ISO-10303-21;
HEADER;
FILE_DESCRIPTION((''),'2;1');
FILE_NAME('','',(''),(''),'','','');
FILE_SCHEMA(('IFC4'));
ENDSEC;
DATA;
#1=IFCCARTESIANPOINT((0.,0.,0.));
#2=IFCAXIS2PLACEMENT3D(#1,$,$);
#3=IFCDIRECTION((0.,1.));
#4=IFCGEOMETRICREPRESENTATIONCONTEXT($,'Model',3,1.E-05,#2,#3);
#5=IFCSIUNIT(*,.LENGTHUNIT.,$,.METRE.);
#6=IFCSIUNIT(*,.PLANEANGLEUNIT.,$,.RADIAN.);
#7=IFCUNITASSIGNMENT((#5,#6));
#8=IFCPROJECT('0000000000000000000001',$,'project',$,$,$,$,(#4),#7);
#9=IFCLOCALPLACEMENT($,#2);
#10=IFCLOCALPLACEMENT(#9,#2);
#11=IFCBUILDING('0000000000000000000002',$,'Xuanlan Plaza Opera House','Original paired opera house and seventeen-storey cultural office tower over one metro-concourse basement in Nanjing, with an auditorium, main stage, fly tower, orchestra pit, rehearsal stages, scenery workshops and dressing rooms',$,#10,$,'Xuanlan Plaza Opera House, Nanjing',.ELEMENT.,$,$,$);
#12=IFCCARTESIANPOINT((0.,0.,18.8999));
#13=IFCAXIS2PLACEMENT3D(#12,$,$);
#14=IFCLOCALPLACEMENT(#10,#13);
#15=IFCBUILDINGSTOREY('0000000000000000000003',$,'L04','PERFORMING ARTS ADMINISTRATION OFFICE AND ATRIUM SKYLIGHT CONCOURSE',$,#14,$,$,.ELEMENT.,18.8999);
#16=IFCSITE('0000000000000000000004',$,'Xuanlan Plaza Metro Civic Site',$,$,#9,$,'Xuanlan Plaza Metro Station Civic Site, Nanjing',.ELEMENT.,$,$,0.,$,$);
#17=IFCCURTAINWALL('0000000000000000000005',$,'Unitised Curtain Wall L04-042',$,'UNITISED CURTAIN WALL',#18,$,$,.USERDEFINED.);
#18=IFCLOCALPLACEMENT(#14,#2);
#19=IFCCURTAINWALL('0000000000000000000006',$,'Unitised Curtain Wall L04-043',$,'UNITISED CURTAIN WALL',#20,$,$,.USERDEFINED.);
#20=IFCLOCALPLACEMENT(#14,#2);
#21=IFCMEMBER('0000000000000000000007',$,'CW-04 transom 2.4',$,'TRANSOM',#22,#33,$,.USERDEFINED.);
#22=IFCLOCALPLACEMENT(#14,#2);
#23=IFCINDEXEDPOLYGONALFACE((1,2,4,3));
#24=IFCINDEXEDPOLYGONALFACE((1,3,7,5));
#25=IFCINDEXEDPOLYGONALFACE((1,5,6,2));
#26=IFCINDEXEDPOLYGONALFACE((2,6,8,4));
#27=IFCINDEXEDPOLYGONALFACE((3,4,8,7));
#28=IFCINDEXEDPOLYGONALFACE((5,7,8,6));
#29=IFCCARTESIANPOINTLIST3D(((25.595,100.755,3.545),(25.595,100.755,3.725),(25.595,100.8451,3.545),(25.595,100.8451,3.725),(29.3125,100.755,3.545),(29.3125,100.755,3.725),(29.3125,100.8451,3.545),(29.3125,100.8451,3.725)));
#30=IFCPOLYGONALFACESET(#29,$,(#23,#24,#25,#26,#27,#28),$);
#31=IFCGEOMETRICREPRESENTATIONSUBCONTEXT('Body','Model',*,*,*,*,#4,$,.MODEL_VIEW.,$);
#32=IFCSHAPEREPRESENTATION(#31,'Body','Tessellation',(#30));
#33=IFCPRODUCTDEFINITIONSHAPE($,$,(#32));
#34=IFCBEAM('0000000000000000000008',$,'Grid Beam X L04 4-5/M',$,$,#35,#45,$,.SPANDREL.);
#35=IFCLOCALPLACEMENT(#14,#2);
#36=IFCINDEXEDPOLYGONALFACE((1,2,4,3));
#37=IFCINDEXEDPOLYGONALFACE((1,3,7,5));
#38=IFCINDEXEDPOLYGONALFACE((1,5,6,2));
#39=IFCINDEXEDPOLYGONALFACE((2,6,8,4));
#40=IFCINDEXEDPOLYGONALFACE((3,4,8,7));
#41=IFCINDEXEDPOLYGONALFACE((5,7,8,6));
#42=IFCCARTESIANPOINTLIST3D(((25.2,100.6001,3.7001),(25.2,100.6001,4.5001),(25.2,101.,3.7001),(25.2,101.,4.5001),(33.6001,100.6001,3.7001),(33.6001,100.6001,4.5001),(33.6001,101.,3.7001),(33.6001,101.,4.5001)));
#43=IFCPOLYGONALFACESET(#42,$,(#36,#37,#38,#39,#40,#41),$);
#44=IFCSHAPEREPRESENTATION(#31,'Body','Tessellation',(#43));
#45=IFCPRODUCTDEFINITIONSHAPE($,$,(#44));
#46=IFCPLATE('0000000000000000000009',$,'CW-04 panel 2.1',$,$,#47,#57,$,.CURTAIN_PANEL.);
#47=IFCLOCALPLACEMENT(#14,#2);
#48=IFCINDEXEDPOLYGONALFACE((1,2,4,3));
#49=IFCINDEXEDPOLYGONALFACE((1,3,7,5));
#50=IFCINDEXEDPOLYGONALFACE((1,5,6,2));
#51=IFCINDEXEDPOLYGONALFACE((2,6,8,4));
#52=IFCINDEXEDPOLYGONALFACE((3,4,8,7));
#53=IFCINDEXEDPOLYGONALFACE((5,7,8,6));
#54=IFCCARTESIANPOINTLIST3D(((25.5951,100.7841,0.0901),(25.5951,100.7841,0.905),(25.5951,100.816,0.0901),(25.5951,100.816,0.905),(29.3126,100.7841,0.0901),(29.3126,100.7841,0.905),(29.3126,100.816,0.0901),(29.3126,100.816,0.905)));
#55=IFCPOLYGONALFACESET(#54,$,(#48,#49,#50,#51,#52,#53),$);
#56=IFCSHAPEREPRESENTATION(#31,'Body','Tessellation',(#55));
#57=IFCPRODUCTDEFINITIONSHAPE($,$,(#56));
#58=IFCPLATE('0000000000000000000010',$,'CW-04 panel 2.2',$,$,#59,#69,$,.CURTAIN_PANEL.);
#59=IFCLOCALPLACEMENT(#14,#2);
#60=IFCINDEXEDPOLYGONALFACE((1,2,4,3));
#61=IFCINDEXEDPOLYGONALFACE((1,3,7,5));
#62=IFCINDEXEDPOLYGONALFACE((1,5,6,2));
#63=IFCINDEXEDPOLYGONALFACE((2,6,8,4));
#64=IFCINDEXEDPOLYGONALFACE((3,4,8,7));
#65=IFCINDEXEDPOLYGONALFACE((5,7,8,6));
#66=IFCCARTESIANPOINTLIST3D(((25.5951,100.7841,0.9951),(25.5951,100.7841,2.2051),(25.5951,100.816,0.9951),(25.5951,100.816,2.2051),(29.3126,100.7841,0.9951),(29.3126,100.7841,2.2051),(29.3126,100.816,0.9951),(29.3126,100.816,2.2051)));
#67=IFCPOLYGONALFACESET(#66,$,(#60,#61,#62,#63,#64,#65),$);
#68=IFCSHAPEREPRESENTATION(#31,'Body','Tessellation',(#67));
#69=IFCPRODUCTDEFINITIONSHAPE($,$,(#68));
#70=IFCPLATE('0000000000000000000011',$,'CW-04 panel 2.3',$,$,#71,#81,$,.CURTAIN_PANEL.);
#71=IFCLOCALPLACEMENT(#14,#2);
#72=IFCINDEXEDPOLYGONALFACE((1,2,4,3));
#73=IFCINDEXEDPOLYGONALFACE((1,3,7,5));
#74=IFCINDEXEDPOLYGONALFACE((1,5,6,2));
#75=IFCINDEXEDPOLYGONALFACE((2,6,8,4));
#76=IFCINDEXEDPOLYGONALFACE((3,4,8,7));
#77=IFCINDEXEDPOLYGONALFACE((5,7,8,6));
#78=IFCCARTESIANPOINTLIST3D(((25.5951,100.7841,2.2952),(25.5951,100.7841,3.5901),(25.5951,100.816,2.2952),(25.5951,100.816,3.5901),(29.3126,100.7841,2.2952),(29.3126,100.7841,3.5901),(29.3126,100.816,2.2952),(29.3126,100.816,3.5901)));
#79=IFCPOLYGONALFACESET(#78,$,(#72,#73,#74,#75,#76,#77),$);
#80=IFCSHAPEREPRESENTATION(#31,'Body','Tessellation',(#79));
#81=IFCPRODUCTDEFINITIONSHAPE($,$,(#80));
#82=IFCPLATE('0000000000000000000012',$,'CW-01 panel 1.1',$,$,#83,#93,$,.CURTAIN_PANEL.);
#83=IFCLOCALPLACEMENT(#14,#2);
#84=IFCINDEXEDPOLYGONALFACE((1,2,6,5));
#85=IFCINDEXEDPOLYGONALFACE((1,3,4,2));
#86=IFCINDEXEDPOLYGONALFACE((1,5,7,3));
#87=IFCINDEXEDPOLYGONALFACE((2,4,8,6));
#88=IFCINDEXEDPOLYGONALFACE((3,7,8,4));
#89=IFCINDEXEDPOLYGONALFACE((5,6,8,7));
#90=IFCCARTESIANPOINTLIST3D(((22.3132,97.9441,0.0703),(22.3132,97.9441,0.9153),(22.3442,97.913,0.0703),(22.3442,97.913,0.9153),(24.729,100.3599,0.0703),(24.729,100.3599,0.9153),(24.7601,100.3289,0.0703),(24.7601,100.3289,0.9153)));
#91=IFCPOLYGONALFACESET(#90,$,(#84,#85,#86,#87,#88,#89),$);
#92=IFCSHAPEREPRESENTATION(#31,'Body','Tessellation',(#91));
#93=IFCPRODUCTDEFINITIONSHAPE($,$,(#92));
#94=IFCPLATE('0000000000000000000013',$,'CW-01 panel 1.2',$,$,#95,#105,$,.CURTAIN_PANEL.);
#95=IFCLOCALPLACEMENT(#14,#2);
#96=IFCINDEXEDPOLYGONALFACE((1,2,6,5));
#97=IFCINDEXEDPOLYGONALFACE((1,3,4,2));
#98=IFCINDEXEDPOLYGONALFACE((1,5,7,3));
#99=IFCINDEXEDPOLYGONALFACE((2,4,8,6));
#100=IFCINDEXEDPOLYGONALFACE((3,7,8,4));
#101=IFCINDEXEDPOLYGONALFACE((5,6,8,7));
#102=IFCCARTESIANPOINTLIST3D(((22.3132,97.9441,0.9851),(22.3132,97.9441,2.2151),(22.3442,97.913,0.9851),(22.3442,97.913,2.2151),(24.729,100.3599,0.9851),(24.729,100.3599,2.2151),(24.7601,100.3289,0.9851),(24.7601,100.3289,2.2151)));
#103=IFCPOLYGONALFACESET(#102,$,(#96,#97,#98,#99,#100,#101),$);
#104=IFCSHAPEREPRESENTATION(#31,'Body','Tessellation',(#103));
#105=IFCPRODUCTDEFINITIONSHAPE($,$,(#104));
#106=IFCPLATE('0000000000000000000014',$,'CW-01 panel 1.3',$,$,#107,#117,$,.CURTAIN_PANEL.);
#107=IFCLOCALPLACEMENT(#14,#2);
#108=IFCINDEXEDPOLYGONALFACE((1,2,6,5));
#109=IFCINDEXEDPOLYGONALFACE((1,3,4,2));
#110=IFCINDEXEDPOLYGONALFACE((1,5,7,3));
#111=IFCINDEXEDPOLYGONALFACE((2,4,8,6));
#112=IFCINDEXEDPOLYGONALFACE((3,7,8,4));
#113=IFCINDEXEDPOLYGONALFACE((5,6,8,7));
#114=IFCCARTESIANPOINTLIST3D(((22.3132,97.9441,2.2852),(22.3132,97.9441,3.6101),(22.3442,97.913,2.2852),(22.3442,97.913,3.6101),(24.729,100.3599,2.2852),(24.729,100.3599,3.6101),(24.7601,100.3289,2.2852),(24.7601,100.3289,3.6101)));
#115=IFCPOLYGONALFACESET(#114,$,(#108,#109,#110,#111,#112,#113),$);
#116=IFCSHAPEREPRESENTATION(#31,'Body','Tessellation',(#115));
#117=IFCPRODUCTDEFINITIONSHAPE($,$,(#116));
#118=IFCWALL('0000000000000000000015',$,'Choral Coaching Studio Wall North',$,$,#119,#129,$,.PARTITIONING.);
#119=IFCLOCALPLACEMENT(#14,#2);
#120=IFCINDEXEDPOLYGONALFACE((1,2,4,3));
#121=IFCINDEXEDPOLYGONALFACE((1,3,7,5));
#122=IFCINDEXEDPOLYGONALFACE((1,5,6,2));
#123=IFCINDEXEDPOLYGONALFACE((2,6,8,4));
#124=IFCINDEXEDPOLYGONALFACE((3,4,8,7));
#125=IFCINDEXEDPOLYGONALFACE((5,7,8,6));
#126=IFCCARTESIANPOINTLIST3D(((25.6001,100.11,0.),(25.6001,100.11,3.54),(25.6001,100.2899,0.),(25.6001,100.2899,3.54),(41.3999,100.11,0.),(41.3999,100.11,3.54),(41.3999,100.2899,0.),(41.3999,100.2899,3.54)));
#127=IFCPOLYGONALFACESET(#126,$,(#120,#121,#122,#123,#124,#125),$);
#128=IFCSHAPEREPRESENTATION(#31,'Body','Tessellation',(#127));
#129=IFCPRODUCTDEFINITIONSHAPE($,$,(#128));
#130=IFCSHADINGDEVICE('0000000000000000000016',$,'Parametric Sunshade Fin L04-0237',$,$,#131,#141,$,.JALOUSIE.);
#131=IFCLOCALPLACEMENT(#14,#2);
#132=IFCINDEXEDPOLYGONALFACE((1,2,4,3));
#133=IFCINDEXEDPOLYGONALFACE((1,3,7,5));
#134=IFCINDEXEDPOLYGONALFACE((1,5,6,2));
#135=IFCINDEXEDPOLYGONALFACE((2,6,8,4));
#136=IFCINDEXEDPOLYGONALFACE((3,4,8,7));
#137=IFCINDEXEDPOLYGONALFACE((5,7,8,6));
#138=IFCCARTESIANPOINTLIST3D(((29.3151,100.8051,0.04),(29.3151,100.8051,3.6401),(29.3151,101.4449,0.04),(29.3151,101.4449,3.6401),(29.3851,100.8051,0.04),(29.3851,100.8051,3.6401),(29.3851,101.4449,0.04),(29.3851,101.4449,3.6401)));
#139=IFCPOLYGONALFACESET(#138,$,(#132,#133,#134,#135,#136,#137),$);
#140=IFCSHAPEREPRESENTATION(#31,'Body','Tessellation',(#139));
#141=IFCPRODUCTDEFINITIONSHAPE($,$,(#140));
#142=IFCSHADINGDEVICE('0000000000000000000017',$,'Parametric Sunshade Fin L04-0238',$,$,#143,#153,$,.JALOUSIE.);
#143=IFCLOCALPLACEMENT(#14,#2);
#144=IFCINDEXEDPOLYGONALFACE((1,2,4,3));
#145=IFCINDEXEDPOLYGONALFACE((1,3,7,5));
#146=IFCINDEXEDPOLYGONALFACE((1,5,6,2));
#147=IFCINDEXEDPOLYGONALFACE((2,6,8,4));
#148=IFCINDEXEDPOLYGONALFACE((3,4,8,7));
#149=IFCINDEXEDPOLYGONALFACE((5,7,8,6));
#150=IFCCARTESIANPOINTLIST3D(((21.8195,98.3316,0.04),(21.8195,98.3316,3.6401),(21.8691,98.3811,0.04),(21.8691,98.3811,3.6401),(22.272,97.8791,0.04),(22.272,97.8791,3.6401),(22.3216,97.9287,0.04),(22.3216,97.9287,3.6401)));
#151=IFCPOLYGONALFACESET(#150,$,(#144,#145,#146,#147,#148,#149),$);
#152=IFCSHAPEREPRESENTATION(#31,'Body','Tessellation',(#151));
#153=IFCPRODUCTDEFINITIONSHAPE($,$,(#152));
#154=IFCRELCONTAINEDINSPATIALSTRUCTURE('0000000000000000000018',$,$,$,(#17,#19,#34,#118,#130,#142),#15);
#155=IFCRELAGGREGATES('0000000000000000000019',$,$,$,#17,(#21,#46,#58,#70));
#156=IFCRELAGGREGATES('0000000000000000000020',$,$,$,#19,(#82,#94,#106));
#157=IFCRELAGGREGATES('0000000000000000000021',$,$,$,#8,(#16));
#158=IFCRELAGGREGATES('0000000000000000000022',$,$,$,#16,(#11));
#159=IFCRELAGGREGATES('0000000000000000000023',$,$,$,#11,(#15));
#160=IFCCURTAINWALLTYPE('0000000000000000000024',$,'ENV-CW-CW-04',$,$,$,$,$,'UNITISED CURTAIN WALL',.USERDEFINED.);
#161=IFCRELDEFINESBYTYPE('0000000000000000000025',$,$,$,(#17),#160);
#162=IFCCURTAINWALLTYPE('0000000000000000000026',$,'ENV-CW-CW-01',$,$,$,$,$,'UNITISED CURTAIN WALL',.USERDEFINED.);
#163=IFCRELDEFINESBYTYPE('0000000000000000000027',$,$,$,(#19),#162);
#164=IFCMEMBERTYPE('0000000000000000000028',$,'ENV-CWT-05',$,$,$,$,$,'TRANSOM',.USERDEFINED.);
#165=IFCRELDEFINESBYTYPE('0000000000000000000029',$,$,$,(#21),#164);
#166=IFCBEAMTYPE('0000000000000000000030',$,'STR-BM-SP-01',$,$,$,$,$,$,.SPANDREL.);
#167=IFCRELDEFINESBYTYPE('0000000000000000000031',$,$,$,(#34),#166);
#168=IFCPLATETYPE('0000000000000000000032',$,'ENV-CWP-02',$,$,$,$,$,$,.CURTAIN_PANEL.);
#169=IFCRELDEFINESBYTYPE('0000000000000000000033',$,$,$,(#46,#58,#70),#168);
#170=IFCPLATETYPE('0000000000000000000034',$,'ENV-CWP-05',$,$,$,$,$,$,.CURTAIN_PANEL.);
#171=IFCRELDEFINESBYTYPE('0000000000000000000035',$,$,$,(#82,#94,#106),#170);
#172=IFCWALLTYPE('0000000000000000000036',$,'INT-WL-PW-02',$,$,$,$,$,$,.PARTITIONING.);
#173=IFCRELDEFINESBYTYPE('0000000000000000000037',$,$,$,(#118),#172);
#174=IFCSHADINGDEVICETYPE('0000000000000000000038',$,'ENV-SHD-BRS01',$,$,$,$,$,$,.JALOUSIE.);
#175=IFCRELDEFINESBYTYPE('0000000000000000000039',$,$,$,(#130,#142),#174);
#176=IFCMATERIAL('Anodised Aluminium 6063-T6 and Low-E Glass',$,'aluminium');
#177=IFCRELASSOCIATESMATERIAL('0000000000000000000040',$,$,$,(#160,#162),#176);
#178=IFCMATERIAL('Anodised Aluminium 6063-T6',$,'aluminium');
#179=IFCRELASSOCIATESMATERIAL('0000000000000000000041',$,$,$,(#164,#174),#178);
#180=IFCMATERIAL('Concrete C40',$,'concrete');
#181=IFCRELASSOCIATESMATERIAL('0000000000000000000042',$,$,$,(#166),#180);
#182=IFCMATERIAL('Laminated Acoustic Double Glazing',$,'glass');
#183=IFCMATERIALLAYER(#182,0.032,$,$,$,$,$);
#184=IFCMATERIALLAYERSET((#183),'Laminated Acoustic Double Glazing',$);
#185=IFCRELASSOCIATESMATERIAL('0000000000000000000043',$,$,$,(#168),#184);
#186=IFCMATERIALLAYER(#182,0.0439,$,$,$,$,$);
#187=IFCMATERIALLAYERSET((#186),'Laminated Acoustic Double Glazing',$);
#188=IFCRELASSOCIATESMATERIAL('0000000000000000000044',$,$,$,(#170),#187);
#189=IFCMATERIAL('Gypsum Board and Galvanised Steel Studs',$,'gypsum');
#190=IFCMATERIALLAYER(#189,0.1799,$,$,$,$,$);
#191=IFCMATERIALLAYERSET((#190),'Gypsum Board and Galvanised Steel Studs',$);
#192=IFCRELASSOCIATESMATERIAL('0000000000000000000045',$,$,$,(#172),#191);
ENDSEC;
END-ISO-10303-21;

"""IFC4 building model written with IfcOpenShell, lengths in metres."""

from ifc_helpers import new_model, si_unit, direction, frame, frame_2d, origin, origin_2d, place, context, subcontext, project, spatial, rectangle, extrude, material, layer, layer_set, material_profile, profile_set, type_object, element, aggregate, save


model = new_model("IFC4")

# Units and contexts
model_context = context("Model", 3, precision=1e-05, world=origin(), true_north=direction((0.0, 1.0)))
body_context = subcontext(model_context, "Body", "Model", "MODEL_VIEW")
ifc_project = project(units=[si_unit("LENGTHUNIT", "METRE"), si_unit("PLANEANGLEUNIT", "RADIAN")], contexts=[model_context])

# Site, building, storey
site_placement = place(None, origin())
site = spatial("IfcSite", under=ifc_project, at=site_placement, Name="Xuanlan Plaza Metro Civic Site", LongName="Xuanlan Plaza Metro Station Civic Site, Nanjing", CompositionType="ELEMENT", RefElevation=0.0)
building_placement = place(site_placement, origin())
building = spatial("IfcBuilding", under=site, at=building_placement, Name="Xuanlan Plaza Opera House", Description="Original paired opera house and seventeen-storey cultural office tower over one metro-concourse basement in Nanjing, with an auditorium, main stage, fly tower, orchestra pit, rehearsal stages, scenery workshops and dressing rooms", LongName="Xuanlan Plaza Opera House, Nanjing", CompositionType="ELEMENT")
storey_placement = place(building_placement, frame((0.0, 0.0, 18.8999)))
storey = spatial("IfcBuildingStorey", under=building, at=storey_placement, Name="L04", Description="PERFORMING ARTS ADMINISTRATION OFFICE AND ATRIUM SKYLIGHT CONCOURSE", CompositionType="ELEMENT", Elevation=18.8999)

# Shared definitions
ifc_material_1 = material(Name="Concrete C40", Category="concrete")

# Curtain walls
ifc_material_2 = material(Name="Anodised Aluminium 6063-T6 and Low-E Glass", Category="aluminium")
curtain_wall_type_1 = type_object("IfcCurtainWallType", Name="ENV-CW-CW-04", ElementType="UNITISED CURTAIN WALL", PredefinedType="USERDEFINED", material=ifc_material_2)
curtain_wall_1_placement = place(storey_placement, origin())
curtain_wall_1 = element("IfcCurtainWall", 1, at=curtain_wall_1_placement, inside=storey, type_object=curtain_wall_type_1, Name="Unitised Curtain Wall L04-042", ObjectType="UNITISED CURTAIN WALL", PredefinedType="USERDEFINED")
ifc_material_3 = material(Name="Anodised Aluminium 6063-T6", Category="aluminium")
curtain_wall_type_2 = type_object("IfcCurtainWallType", Name="ENV-CW-CW-01", ElementType="UNITISED CURTAIN WALL", PredefinedType="USERDEFINED", material=ifc_material_2)
curtain_wall_2_placement = place(storey_placement, origin())
curtain_wall_2 = element("IfcCurtainWall", 2, at=curtain_wall_2_placement, inside=storey, type_object=curtain_wall_type_2, Name="Unitised Curtain Wall L04-043", ObjectType="UNITISED CURTAIN WALL", PredefinedType="USERDEFINED")

# Member
ifc_material_profile_1 = material_profile(ifc_material_3, rectangle(XDim=0.0901, YDim=0.1799, at=origin_2d()), Name="ALU-T 90x180")
ifc_profile_set_1 = profile_set([ifc_material_profile_1], Name="Anodised Aluminium 6063-T6")
member_type_1 = type_object("IfcMemberType", Name="ENV-CWT-05", ElementType="TRANSOM", PredefinedType="USERDEFINED", material=ifc_profile_set_1)
member_1_placement = place(storey_placement, frame((29.3125, 100.8, 3.635), z_axis=(-1.0, 0.0, 0.0), x_axis=(0.0, -1.0, 0.0)))
member_1 = element("IfcMember", 3, at=member_1_placement, type_object=member_type_1, Name="CW-04 transom 2.4", ObjectType="TRANSOM", PredefinedType="USERDEFINED", context=body_context, shape_type="SweptSolid", body=[
    extrude(rectangle(XDim=0.0901, YDim=0.1799, at=origin_2d()), origin(), (0.0, 0.0, 1.0), 3.7175),
])

# Beam
ifc_material_profile_2 = material_profile(ifc_material_1, rectangle(XDim=0.3999, YDim=0.8, at=origin_2d()), Name="RC-SPD 400x800")
ifc_profile_set_2 = profile_set([ifc_material_profile_2], Name="Concrete C40")
beam_type = type_object("IfcBeamType", Name="STR-BM-SP-01", PredefinedType="SPANDREL", material=ifc_profile_set_2)
beam_placement = place(storey_placement, frame((25.2, 100.8, 4.1001), z_axis=(1.0, 0.0, 0.0), x_axis=(0.0, 1.0, 0.0)))
element("IfcBeam", 4, at=beam_placement, inside=storey, type_object=beam_type, Name="Grid Beam X L04 4-5/M", PredefinedType="SPANDREL", context=body_context, shape_type="SweptSolid", body=[
    extrude(rectangle(XDim=0.3999, YDim=0.8, at=origin_2d()), origin(), (0.0, 0.0, 1.0), 8.4001),
])

# Plates
ifc_material_4 = material(Name="Laminated Acoustic Double Glazing", Category="glass")
ifc_layer_1 = layer(ifc_material_4, 0.032)
ifc_layer_set_1 = layer_set([ifc_layer_1], Name="Laminated Acoustic Double Glazing")
plate_type_1 = type_object("IfcPlateType", Name="ENV-CWP-02", PredefinedType="CURTAIN_PANEL", material=ifc_layer_set_1)
plate_1_placement = place(storey_placement, frame((27.4539, 100.8, 0.0901), z_axis=(0.0, 0.0, 1.0), x_axis=(-1.0, 0.0, 0.0)))
plate_1 = element("IfcPlate", 5, at=plate_1_placement, type_object=plate_type_1, Name="CW-04 panel 2.1", PredefinedType="CURTAIN_PANEL", context=body_context, shape_type="SweptSolid", body=[
    extrude(rectangle(XDim=3.7175, YDim=0.032, at=origin_2d()), origin(), (0.0, 0.0, 1.0), 0.8149),
])
plate_2_placement = place(storey_placement, frame((27.4539, 100.8, 0.9951), z_axis=(0.0, 0.0, 1.0), x_axis=(-1.0, 0.0, 0.0)))
plate_2 = element("IfcPlate", 6, at=plate_2_placement, type_object=plate_type_1, Name="CW-04 panel 2.2", PredefinedType="CURTAIN_PANEL", context=body_context, shape_type="SweptSolid", body=[
    extrude(rectangle(XDim=3.7175, YDim=0.032, at=origin_2d()), origin(), (0.0, 0.0, 1.0), 1.21),
])
plate_3_placement = place(storey_placement, frame((27.4539, 100.8, 2.2952), z_axis=(0.0, 0.0, 1.0), x_axis=(-1.0, 0.0, 0.0)))
plate_3 = element("IfcPlate", 7, at=plate_3_placement, type_object=plate_type_1, Name="CW-04 panel 2.3", PredefinedType="CURTAIN_PANEL", context=body_context, shape_type="SweptSolid", body=[
    extrude(rectangle(XDim=3.7175, YDim=0.032, at=origin_2d()), origin(), (0.0, 0.0, 1.0), 1.2949),
])
aggregate(curtain_wall_1, [member_1, plate_1, plate_2, plate_3])
ifc_layer_2 = layer(ifc_material_4, 0.0439)
ifc_layer_set_2 = layer_set([ifc_layer_2], Name="Laminated Acoustic Double Glazing")
plate_type_2 = type_object("IfcPlateType", Name="ENV-CWP-05", PredefinedType="CURTAIN_PANEL", material=ifc_layer_set_2)
plate_4_placement = place(storey_placement, frame((23.5366, 99.1365, 0.0703), z_axis=(0.0, 0.0, 1.0), x_axis=(-0.707107, -0.707107, 0.0)))
plate_4 = element("IfcPlate", 8, at=plate_4_placement, type_object=plate_type_2, Name="CW-01 panel 1.1", PredefinedType="CURTAIN_PANEL", context=body_context, shape_type="SweptSolid", body=[
    extrude(rectangle(XDim=3.4165, YDim=0.0439, at=origin_2d()), origin(), (0.0, 0.0, 1.0), 0.845),
])
plate_5_placement = place(storey_placement, frame((23.5366, 99.1365, 0.9851), z_axis=(0.0, 0.0, 1.0), x_axis=(-0.707107, -0.707107, 0.0)))
plate_5 = element("IfcPlate", 9, at=plate_5_placement, type_object=plate_type_2, Name="CW-01 panel 1.2", PredefinedType="CURTAIN_PANEL", context=body_context, shape_type="SweptSolid", body=[
    extrude(rectangle(XDim=3.4165, YDim=0.0439, at=origin_2d()), origin(), (0.0, 0.0, 1.0), 1.23),
])
plate_6_placement = place(storey_placement, frame((23.5366, 99.1365, 2.2852), z_axis=(0.0, 0.0, 1.0), x_axis=(-0.707107, -0.707107, 0.0)))
plate_6 = element("IfcPlate", 10, at=plate_6_placement, type_object=plate_type_2, Name="CW-01 panel 1.3", PredefinedType="CURTAIN_PANEL", context=body_context, shape_type="SweptSolid", body=[
    extrude(rectangle(XDim=3.4165, YDim=0.0439, at=origin_2d()), origin(), (0.0, 0.0, 1.0), 1.325),
])
aggregate(curtain_wall_2, [plate_4, plate_5, plate_6])

# Wall
ifc_material_5 = material(Name="Gypsum Board and Galvanised Steel Studs", Category="gypsum")
ifc_layer_3 = layer(ifc_material_5, 0.1799)
ifc_layer_set_3 = layer_set([ifc_layer_3], Name="Gypsum Board and Galvanised Steel Studs")
wall_type = type_object("IfcWallType", Name="INT-WL-PW-02", PredefinedType="PARTITIONING", material=ifc_layer_set_3)
wall_placement = place(storey_placement, frame((25.6001, 100.2, 0.0), z_axis=(0.0, 0.0, 1.0), x_axis=(1.0, 0.0, 0.0)))
element("IfcWall", 11, at=wall_placement, inside=storey, type_object=wall_type, Name="Choral Coaching Studio Wall North", PredefinedType="PARTITIONING", context=body_context, shape_type="SweptSolid", body=[
    extrude(rectangle(XDim=15.7998, YDim=0.1799, at=frame_2d((7.8999, 0.0))), origin(), (0.0, 0.0, 1.0), 3.54),
])

# Shading devices
shading_device_type = type_object("IfcShadingDeviceType", Name="ENV-SHD-BRS01", PredefinedType="JALOUSIE", material=ifc_material_3)
for number, where, z_axis, x_axis, name in (
    (12, (29.3501, 101.125, 0.04), (0.0, 0.0, 1.0), (0.0, 1.0, 0.0), "Parametric Sunshade Fin L04-0237"),
    (13, (22.0706, 98.1301, 0.04), (0.0, 0.0, 1.0), (-0.707107, 0.707107, 0.0), "Parametric Sunshade Fin L04-0238"),
):
    element("IfcShadingDevice", number, at=place(storey_placement, frame(where, z_axis=z_axis, x_axis=x_axis)), inside=storey, type_object=shading_device_type, Name=name, PredefinedType="JALOUSIE", context=body_context, shape_type="SweptSolid", body=[
        extrude(rectangle(XDim=0.6399, YDim=0.0701, at=origin_2d()), origin(), (0.0, 0.0, 1.0), 3.6001),
    ])

save(model, "model.ifc")
